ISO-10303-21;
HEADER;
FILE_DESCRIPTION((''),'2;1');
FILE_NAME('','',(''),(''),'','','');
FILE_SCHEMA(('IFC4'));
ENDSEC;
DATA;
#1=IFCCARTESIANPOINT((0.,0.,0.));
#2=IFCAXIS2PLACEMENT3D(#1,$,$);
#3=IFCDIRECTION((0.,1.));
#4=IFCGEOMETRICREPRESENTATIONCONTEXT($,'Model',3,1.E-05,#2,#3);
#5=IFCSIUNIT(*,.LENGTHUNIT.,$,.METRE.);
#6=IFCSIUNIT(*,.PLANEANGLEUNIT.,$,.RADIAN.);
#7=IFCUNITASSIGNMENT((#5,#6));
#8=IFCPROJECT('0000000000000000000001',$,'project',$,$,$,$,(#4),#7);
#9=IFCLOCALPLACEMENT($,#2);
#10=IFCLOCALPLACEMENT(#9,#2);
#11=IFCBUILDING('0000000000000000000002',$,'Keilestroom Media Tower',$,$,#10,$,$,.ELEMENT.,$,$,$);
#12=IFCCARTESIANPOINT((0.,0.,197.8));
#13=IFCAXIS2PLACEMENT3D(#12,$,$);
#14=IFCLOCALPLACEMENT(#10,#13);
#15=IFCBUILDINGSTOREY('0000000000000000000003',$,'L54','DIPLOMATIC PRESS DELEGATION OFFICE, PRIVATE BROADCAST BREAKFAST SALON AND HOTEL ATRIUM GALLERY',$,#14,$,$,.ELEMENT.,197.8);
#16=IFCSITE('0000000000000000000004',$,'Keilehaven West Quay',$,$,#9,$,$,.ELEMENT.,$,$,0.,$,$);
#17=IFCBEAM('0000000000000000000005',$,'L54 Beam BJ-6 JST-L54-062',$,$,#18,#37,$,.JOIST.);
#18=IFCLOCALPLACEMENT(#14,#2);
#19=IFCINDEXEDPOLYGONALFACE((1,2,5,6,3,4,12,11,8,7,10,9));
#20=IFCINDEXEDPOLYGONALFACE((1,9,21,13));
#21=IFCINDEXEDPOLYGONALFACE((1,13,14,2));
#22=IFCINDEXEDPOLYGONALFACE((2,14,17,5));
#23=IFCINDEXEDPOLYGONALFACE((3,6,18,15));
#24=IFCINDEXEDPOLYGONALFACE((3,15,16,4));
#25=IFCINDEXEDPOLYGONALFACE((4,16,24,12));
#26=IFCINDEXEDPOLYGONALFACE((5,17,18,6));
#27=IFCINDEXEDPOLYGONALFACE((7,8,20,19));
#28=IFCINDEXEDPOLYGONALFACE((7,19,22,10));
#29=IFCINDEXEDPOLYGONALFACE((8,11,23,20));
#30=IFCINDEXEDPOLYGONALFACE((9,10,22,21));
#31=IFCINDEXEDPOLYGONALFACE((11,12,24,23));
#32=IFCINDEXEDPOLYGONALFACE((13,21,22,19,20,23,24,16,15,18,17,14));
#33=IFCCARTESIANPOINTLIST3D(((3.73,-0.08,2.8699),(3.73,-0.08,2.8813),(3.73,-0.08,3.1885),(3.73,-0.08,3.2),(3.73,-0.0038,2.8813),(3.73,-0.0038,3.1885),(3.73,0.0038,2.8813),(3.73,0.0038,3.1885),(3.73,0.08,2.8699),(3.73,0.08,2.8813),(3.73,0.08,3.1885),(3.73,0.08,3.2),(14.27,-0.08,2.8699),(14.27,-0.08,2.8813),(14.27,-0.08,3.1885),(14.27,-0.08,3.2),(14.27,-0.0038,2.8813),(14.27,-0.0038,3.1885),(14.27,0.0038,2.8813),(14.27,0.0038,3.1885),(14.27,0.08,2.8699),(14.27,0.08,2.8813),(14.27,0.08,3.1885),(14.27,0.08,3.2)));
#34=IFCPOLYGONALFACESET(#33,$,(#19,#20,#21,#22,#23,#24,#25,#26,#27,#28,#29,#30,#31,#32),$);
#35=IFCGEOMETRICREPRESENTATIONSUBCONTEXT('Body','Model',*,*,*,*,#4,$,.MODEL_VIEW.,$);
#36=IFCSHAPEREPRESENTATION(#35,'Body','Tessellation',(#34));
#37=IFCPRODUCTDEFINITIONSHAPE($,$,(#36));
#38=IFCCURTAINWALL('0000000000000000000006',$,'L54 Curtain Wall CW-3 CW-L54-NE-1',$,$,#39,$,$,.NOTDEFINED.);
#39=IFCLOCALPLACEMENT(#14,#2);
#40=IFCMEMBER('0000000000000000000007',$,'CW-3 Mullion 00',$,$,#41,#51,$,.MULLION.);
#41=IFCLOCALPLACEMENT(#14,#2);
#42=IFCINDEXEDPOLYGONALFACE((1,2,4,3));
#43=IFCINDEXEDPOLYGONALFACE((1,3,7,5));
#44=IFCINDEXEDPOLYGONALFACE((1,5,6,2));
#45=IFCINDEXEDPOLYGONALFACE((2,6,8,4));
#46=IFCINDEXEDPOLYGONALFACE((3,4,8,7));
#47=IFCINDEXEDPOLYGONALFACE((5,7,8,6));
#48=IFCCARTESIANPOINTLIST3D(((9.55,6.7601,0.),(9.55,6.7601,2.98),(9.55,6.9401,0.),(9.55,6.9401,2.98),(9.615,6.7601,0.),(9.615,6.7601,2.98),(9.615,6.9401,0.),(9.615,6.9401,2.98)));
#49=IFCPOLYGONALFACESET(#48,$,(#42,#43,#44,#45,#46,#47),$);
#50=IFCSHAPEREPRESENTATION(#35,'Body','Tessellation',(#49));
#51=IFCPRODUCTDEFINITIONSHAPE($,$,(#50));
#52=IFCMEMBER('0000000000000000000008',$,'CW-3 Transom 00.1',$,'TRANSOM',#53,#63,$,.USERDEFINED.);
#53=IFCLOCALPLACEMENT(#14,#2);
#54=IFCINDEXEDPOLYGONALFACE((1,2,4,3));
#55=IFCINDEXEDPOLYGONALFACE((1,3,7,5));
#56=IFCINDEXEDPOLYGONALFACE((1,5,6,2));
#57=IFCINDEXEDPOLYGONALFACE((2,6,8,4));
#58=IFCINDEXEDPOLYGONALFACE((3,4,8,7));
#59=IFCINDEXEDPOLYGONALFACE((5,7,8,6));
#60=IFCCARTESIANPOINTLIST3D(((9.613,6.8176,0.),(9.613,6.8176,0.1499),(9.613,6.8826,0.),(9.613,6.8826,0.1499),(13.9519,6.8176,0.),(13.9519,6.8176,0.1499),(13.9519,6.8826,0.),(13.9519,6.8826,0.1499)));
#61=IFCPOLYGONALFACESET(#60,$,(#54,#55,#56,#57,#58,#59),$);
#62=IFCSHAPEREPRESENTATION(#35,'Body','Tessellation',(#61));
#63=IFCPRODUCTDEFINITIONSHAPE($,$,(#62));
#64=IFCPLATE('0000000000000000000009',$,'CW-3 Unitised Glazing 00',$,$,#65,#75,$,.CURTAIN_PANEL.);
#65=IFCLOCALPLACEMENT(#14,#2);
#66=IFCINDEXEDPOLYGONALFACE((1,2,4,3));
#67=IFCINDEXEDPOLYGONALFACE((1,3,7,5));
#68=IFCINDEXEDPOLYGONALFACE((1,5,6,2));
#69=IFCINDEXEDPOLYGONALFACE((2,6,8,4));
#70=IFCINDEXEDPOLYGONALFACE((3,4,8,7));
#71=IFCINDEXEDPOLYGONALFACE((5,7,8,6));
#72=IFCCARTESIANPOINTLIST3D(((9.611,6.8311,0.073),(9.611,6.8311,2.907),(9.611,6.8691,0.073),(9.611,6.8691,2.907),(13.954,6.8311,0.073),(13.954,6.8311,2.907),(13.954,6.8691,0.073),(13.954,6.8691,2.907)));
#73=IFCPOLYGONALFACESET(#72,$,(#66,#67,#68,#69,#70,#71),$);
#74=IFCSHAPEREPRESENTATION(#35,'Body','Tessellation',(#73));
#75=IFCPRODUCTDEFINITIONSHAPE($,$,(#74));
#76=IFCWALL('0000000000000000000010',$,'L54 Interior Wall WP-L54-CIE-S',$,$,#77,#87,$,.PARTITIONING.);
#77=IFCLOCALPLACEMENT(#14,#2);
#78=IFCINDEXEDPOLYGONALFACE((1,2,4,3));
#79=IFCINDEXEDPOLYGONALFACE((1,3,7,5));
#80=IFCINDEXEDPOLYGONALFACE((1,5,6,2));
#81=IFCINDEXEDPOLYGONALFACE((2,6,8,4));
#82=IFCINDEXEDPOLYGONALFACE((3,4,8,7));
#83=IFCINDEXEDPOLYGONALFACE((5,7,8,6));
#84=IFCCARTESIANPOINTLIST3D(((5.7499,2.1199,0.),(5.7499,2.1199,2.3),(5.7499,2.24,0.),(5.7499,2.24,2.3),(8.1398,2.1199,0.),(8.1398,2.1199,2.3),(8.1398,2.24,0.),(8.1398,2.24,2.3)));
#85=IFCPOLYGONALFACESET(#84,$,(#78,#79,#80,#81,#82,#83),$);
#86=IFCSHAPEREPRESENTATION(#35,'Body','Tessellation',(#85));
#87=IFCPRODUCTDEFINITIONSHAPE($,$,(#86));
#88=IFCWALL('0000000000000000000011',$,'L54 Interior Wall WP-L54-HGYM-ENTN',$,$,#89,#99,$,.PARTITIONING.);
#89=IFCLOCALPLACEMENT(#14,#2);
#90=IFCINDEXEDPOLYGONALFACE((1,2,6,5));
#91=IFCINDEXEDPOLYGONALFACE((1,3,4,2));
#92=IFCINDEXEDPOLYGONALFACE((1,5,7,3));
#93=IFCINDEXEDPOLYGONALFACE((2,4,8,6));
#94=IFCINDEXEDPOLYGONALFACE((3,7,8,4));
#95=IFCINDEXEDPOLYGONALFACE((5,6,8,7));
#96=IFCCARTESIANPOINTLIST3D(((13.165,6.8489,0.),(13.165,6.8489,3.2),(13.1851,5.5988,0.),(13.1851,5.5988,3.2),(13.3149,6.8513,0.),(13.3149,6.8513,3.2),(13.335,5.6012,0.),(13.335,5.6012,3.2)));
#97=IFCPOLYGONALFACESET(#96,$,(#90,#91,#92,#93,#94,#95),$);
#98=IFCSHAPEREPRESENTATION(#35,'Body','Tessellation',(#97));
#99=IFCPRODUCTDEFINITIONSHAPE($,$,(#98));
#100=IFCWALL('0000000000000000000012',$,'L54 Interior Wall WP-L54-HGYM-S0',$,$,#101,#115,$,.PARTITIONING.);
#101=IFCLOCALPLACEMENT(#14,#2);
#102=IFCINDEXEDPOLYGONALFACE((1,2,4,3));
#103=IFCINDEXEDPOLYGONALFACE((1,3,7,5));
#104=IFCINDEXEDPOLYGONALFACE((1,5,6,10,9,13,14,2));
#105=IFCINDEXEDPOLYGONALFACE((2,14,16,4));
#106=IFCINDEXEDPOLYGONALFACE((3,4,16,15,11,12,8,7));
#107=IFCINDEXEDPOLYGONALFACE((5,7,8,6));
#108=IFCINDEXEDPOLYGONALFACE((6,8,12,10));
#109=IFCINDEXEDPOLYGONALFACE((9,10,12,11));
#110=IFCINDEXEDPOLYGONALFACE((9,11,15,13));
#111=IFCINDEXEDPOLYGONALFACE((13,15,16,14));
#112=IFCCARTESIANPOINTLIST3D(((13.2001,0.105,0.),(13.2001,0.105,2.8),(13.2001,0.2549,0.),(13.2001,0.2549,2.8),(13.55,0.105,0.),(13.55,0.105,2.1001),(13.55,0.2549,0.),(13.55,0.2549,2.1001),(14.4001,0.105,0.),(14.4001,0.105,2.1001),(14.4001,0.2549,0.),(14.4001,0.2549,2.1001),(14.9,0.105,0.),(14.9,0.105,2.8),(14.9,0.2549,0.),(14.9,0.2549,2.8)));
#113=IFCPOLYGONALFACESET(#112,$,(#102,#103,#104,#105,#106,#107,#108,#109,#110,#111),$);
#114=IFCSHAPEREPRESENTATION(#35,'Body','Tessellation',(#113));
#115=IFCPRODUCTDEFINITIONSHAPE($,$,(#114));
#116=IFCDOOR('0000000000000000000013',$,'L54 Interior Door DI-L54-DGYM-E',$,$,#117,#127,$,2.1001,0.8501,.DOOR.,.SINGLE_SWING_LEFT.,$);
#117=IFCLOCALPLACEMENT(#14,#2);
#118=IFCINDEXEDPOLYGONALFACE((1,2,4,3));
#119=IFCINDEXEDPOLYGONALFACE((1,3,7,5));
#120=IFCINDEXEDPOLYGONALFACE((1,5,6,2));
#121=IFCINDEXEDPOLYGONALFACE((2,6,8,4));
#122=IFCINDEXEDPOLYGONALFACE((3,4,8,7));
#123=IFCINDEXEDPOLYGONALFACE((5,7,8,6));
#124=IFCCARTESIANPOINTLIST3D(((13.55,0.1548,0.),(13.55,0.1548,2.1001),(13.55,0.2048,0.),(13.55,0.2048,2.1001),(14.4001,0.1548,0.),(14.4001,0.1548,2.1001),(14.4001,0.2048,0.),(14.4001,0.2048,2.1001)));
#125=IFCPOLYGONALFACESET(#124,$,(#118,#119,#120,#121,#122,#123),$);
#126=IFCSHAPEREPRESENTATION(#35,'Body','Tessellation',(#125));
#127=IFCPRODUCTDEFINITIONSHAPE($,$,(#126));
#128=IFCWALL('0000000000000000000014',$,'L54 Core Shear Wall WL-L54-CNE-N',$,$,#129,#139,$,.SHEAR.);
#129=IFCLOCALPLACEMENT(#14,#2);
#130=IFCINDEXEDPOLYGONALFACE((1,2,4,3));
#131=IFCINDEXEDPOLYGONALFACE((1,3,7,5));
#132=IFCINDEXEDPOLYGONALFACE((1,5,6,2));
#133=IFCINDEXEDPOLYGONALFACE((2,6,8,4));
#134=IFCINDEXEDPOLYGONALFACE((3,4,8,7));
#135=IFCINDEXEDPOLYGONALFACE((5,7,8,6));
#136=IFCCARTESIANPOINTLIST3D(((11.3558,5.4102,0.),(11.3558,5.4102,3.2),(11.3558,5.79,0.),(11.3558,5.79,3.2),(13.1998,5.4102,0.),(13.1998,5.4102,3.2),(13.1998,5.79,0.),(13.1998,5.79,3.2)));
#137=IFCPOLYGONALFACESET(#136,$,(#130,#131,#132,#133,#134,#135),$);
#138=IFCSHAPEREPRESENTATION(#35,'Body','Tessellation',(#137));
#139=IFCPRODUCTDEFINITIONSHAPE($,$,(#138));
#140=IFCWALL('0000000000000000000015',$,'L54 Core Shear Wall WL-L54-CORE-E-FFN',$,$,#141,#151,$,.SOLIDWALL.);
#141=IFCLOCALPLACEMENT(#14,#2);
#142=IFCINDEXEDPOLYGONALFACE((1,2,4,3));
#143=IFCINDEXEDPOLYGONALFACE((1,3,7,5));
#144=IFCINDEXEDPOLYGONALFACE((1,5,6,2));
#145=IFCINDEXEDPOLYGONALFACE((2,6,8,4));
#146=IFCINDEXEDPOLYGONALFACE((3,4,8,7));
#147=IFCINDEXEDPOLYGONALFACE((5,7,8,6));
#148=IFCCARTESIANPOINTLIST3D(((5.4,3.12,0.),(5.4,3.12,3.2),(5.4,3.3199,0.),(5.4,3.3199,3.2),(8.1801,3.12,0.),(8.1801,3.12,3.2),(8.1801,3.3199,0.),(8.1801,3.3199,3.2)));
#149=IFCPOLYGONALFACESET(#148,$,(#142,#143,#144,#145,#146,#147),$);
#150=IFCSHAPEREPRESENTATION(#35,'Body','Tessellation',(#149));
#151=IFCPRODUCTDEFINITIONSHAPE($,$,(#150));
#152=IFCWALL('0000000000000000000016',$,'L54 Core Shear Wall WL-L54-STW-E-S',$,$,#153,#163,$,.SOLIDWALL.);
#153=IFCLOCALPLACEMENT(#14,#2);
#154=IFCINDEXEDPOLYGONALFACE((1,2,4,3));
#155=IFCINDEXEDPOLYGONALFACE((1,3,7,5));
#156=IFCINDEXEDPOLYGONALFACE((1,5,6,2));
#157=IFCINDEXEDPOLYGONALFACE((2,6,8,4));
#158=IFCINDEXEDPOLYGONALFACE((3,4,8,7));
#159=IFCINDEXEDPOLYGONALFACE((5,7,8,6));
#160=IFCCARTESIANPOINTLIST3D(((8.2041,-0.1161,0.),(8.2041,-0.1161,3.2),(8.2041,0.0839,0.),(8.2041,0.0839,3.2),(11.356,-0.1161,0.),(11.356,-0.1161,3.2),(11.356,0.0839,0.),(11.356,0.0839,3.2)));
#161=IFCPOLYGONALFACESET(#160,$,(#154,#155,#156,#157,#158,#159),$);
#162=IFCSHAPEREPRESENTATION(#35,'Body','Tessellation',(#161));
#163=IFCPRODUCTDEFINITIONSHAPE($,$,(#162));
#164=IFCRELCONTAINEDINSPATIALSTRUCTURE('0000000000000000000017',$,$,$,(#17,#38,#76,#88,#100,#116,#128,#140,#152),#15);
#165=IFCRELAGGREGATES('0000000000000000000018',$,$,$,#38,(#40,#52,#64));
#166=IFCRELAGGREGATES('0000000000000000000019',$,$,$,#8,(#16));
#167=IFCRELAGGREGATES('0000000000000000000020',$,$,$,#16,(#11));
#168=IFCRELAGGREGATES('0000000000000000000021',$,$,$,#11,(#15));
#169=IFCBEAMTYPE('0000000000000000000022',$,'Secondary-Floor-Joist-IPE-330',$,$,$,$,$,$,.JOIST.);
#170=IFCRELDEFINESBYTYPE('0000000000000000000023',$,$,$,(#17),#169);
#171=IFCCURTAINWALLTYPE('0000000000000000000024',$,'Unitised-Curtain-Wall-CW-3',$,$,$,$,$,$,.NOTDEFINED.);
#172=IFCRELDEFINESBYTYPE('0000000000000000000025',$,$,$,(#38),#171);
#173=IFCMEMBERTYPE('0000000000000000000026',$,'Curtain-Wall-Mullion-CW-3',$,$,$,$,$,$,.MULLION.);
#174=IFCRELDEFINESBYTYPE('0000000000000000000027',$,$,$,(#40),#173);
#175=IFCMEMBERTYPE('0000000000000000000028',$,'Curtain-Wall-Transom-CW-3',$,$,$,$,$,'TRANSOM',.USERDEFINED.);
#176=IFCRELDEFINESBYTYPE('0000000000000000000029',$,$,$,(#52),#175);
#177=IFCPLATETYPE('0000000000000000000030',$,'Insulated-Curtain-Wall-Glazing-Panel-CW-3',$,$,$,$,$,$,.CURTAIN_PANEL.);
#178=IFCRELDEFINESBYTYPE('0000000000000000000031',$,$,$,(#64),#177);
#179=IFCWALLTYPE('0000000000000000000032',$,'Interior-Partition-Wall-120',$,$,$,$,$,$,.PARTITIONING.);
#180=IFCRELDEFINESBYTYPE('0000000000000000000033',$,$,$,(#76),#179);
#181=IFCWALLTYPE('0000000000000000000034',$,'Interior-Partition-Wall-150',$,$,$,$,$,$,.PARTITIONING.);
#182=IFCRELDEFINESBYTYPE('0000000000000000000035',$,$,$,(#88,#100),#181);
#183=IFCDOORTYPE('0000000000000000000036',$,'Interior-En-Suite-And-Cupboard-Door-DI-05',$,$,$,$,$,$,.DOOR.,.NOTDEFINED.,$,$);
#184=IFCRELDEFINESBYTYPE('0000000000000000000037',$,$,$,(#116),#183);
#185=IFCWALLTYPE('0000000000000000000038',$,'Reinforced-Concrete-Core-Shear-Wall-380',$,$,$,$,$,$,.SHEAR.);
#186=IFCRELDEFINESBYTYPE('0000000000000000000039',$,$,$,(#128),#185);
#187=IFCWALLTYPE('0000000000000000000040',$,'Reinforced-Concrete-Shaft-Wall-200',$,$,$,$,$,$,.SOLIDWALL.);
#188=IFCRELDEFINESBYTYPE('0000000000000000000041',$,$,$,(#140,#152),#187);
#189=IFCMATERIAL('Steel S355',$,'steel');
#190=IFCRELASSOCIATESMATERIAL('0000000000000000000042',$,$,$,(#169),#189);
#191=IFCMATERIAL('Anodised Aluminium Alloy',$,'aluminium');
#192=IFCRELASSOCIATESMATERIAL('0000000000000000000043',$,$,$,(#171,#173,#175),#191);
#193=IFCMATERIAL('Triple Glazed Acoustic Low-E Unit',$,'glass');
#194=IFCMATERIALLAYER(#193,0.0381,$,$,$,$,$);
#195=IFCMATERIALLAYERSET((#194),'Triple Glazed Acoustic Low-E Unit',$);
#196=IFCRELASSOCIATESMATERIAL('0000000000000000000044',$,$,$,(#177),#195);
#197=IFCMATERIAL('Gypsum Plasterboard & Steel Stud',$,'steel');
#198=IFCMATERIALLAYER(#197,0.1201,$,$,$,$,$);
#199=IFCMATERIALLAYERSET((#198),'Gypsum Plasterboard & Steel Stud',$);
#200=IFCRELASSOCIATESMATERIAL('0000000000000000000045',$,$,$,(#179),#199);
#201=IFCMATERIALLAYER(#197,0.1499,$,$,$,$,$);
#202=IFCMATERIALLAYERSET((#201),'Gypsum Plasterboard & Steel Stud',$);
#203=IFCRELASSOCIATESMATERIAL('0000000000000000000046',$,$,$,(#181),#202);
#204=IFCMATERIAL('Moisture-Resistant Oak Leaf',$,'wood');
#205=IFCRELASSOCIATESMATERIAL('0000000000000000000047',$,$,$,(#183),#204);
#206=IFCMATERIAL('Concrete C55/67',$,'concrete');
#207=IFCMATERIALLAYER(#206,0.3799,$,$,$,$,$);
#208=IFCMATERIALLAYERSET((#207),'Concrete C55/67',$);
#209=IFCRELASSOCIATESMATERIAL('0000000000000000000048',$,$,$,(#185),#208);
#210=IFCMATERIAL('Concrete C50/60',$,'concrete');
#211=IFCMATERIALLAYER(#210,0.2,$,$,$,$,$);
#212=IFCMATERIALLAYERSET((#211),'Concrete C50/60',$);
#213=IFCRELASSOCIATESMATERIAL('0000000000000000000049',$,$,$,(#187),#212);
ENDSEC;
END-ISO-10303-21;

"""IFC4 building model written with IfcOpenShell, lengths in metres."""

from ifc_helpers import new_model, si_unit, direction, frame, frame_2d, origin, origin_2d, place, context, subcontext, project, spatial, rectangle, i_section, extrude, source, transform, mapped, material, layer, layer_set, material_profile, profile_set, type_object, element, fill, aggregate, save


model = new_model("IFC4")

# Units and contexts
model_context = context("Model", 3, precision=1e-05, world=origin(), true_north=direction((0.0, 1.0)))
body_context = subcontext(model_context, "Body", "Model", "MODEL_VIEW")
ifc_project = project(units=[si_unit("LENGTHUNIT", "METRE"), si_unit("PLANEANGLEUNIT", "RADIAN")], contexts=[model_context])

# Site, building, storey
site_placement = place(None, origin())
site = spatial("IfcSite", under=ifc_project, at=site_placement, Name="Keilehaven West Quay", CompositionType="ELEMENT", RefElevation=0.0)
building_placement = place(site_placement, origin())
building = spatial("IfcBuilding", under=site, at=building_placement, Name="Keilestroom Media Tower", CompositionType="ELEMENT")
storey_placement = place(building_placement, frame((0.0, 0.0, 197.8)))
storey = spatial("IfcBuildingStorey", under=building, at=storey_placement, Name="L54", Description="DIPLOMATIC PRESS DELEGATION OFFICE, PRIVATE BROADCAST BREAKFAST SALON AND HOTEL ATRIUM GALLERY", CompositionType="ELEMENT", Elevation=197.8)

# Beam
ifc_material_1 = material(Name="Steel S355", Category="steel")
ifc_material_profile_1 = material_profile(ifc_material_1, i_section(OverallWidth=0.1599, OverallDepth=0.3301, WebThickness=0.0076, FlangeThickness=0.0115, at=origin_2d()), Name="IPE 330")
ifc_profile_set_1 = profile_set([ifc_material_profile_1], Name="Steel S355")
beam_type = type_object("IfcBeamType", Name="Secondary-Floor-Joist-IPE-330", PredefinedType="JOIST", material=ifc_profile_set_1)
shared_shape_1 = source(origin(), body_context, "Body", "SweptSolid", [
    extrude(i_section(OverallWidth=0.1599, OverallDepth=0.3301, WebThickness=0.0076, FlangeThickness=0.0115, at=origin_2d()), origin(), (0.0, 0.0, 1.0), 10.54),
])
beam_placement = place(storey_placement, frame((3.73, 0.0, 3.0349), z_axis=(1.0, 0.0, 0.0), x_axis=(0.0, 1.0, 0.0)))
element("IfcBeam", 1, at=beam_placement, inside=storey, type_object=beam_type, Name="L54 Beam BJ-6 JST-L54-062", PredefinedType="JOIST", context=body_context, shape_type="MappedRepresentation", body=[
    mapped(shared_shape_1, transform((0.0, 0.0, 0.0), x_axis=(1.0, 0.0, 0.0), y_axis=(0.0, 1.0, 0.0), z_axis=(0.0, 0.0, 1.0), scale=1.0)),
])

# Curtain wall, members, plate
ifc_material_2 = material(Name="Anodised Aluminium Alloy", Category="aluminium")
curtain_wall_type = type_object("IfcCurtainWallType", Name="Unitised-Curtain-Wall-CW-3", PredefinedType="NOTDEFINED", material=ifc_material_2)
curtain_wall_placement = place(storey_placement, origin())
curtain_wall = element("IfcCurtainWall", 2, at=curtain_wall_placement, inside=storey, type_object=curtain_wall_type, Name="L54 Curtain Wall CW-3 CW-L54-NE-1", PredefinedType="NOTDEFINED")
ifc_material_profile_2 = material_profile(ifc_material_2, rectangle(XDim=0.0649, YDim=0.1799, at=origin_2d()), Name="ALU MULLION 65x180")
ifc_profile_set_2 = profile_set([ifc_material_profile_2], Name="Anodised Aluminium Alloy")
member_type_1 = type_object("IfcMemberType", Name="Curtain-Wall-Mullion-CW-3", PredefinedType="MULLION", material=ifc_profile_set_2)
shared_shape_2 = source(origin(), body_context, "Body", "SweptSolid", [
    extrude(rectangle(XDim=0.0649, YDim=0.1799, at=origin_2d()), origin(), (0.0, 0.0, 1.0), 2.98),
])
member_1_placement = place(storey_placement, frame((9.5825, 6.8501, 0.0), z_axis=(0.0, 0.0, 1.0), x_axis=(1.0, 0.0, 0.0)))
member_1 = element("IfcMember", 3, at=member_1_placement, type_object=member_type_1, Name="CW-3 Mullion 00", PredefinedType="MULLION", context=body_context, shape_type="MappedRepresentation", body=[
    mapped(shared_shape_2, transform((0.0, 0.0, 0.0), x_axis=(1.0, 0.0, 0.0), y_axis=(0.0, 1.0, 0.0), z_axis=(0.0, 0.0, 1.0), scale=1.0)),
])
ifc_material_profile_3 = material_profile(ifc_material_2, rectangle(XDim=0.0649, YDim=0.1499, at=origin_2d()), Name="ALU TRANSOM 65x150")
ifc_profile_set_3 = profile_set([ifc_material_profile_3], Name="Anodised Aluminium Alloy")
member_type_2 = type_object("IfcMemberType", Name="Curtain-Wall-Transom-CW-3", ElementType="TRANSOM", PredefinedType="USERDEFINED", material=ifc_profile_set_3)
shared_shape_3 = source(origin(), body_context, "Body", "SweptSolid", [
    extrude(rectangle(XDim=0.0649, YDim=0.1499, at=origin_2d()), origin(), (0.0, 0.0, 1.0), 4.3389),
])
member_2_placement = place(storey_placement, frame((9.613, 6.8501, 0.075), z_axis=(1.0, 0.0, 0.0), x_axis=(0.0, 1.0, 0.0)))
member_2 = element("IfcMember", 4, at=member_2_placement, type_object=member_type_2, Name="CW-3 Transom 00.1", ObjectType="TRANSOM", PredefinedType="USERDEFINED", context=body_context, shape_type="MappedRepresentation", body=[
    mapped(shared_shape_3, transform((0.0, 0.0, 0.0), x_axis=(1.0, 0.0, 0.0), y_axis=(0.0, 1.0, 0.0), z_axis=(0.0, 0.0, 1.0), scale=1.0)),
])
ifc_material_3 = material(Name="Triple Glazed Acoustic Low-E Unit", Category="glass")
ifc_layer_1 = layer(ifc_material_3, 0.0381)
ifc_layer_set_1 = layer_set([ifc_layer_1], Name="Triple Glazed Acoustic Low-E Unit")
plate_type = type_object("IfcPlateType", Name="Insulated-Curtain-Wall-Glazing-Panel-CW-3", PredefinedType="CURTAIN_PANEL", material=ifc_layer_set_1)
shared_shape_4 = source(origin(), body_context, "Body", "SweptSolid", [
    extrude(rectangle(XDim=4.343, YDim=0.0381, at=origin_2d()), origin(), (0.0, 0.0, 1.0), 2.834),
])
plate_placement = place(storey_placement, frame((11.7825, 6.8501, 0.073), z_axis=(0.0, 0.0, 1.0), x_axis=(1.0, 0.0, 0.0)))
plate = element("IfcPlate", 5, at=plate_placement, type_object=plate_type, Name="CW-3 Unitised Glazing 00", PredefinedType="CURTAIN_PANEL", context=body_context, shape_type="MappedRepresentation", body=[
    mapped(shared_shape_4, transform((0.0, 0.0, 0.0), x_axis=(1.0, 0.0, 0.0), y_axis=(0.0, 1.0, 0.0), z_axis=(0.0, 0.0, 1.0), scale=1.0)),
])
aggregate(curtain_wall, [member_1, member_2, plate])

# Walls
ifc_material_4 = material(Name="Gypsum Plasterboard & Steel Stud", Category="steel")
ifc_layer_2 = layer(ifc_material_4, 0.1201)
ifc_layer_set_2 = layer_set([ifc_layer_2], Name="Gypsum Plasterboard & Steel Stud")
wall_type_1 = type_object("IfcWallType", Name="Interior-Partition-Wall-120", PredefinedType="PARTITIONING", material=ifc_layer_set_2)
wall_1_placement = place(storey_placement, frame((5.75, 2.1799, 0.0), z_axis=(0.0, 0.0, 1.0), x_axis=(1.0, 0.0, 0.0)))
element("IfcWall", 6, at=wall_1_placement, inside=storey, type_object=wall_type_1, Name="L54 Interior Wall WP-L54-CIE-S", PredefinedType="PARTITIONING", context=body_context, shape_type="SweptSolid", body=[
    extrude(rectangle(XDim=2.3899, YDim=0.1201, at=frame_2d((1.1948, 0.0))), origin(), (0.0, 0.0, 1.0), 2.3),
])
ifc_layer_3 = layer(ifc_material_4, 0.1499)
ifc_layer_set_3 = layer_set([ifc_layer_3], Name="Gypsum Plasterboard & Steel Stud")
wall_type_2 = type_object("IfcWallType", Name="Interior-Partition-Wall-150", PredefinedType="PARTITIONING", material=ifc_layer_set_3)
wall_2_placement = place(storey_placement, frame((13.26, 5.6001, 0.0), z_axis=(0.0, 0.0, 1.0), x_axis=(-0.016014, 0.999872, 0.0)))
element("IfcWall", 7, at=wall_2_placement, inside=storey, type_object=wall_type_2, Name="L54 Interior Wall WP-L54-HGYM-ENTN", PredefinedType="PARTITIONING", context=body_context, shape_type="SweptSolid", body=[
    extrude(rectangle(XDim=1.2502, YDim=0.1499, at=frame_2d((0.625, 0.0))), origin(), (0.0, 0.0, 1.0), 3.2),
])

# Wall, opening, door
wall_3_placement = place(storey_placement, frame((13.2, 0.1799, 0.0), z_axis=(0.0, 0.0, 1.0), x_axis=(1.0, 0.0, 0.0)))
wall_3 = element("IfcWall", 8, at=wall_3_placement, inside=storey, type_object=wall_type_2, Name="L54 Interior Wall WP-L54-HGYM-S0", PredefinedType="PARTITIONING", context=body_context, shape_type="SweptSolid", body=[
    extrude(rectangle(XDim=1.7, YDim=0.1499, at=frame_2d((0.8501, 0.0))), origin(), (0.0, 0.0, 1.0), 2.8),
])
opening_1_placement = place(wall_3_placement, frame((0.3501, 0.0, 0.0)))
opening_1 = element("IfcOpeningElement", 9, at=opening_1_placement, cuts=wall_3, PredefinedType="OPENING", context=body_context, shape_type="SweptSolid", body=[
    extrude(rectangle(XDim=0.8501, YDim=2.1001, at=frame_2d((0.425, 1.05))), frame((0.0, 0.085, 0.0), z_axis=(0.0, -1.0, 0.0), x_axis=(1.0, 0.0, 0.0)), (0.0, 0.0, 1.0), 0.1699),
])
ifc_material_5 = material(Name="Moisture-Resistant Oak Leaf", Category="wood")
door_type_1 = type_object("IfcDoorType", Name="Interior-En-Suite-And-Cupboard-Door-DI-05", OperationType="NOTDEFINED", PredefinedType="DOOR", material=ifc_material_5)
shared_shape_5 = source(origin(), body_context, "Body", "SweptSolid", [
    extrude(rectangle(XDim=0.8501, YDim=2.1001, at=frame_2d((0.425, 1.05))), frame((0.0, 0.0249, 0.0), z_axis=(0.0, -1.0, 0.0), x_axis=(1.0, 0.0, 0.0)), (0.0, 0.0, 1.0), 0.05),
])
door_1_placement = place(opening_1_placement, origin())
door_1 = element("IfcDoor", 10, at=door_1_placement, inside=storey, type_object=door_type_1, Name="L54 Interior Door DI-L54-DGYM-E", OperationType="SINGLE_SWING_LEFT", OverallHeight=2.1001, OverallWidth=0.8501, PredefinedType="DOOR", context=body_context, shape_type="MappedRepresentation", body=[
    mapped(shared_shape_5, transform((0.0, 0.0, 0.0), x_axis=(1.0, 0.0, 0.0), y_axis=(0.0, 1.0, 0.0), z_axis=(0.0, 0.0, 1.0), scale=1.0)),
])
fill(opening_1, door_1)

# Walls
ifc_material_6 = material(Name="Concrete C55/67", Category="concrete")
ifc_layer_4 = layer(ifc_material_6, 0.3799)
ifc_layer_set_4 = layer_set([ifc_layer_4], Name="Concrete C55/67")
wall_type_3 = type_object("IfcWallType", Name="Reinforced-Concrete-Core-Shear-Wall-380", PredefinedType="SHEAR", material=ifc_layer_set_4)
wall_4_placement = place(storey_placement, frame((11.356, 5.6001, 0.0), z_axis=(0.0, 0.0, 1.0), x_axis=(1.0, 0.0, 0.0)))
element("IfcWall", 11, at=wall_4_placement, inside=storey, type_object=wall_type_3, Name="L54 Core Shear Wall WL-L54-CNE-N", PredefinedType="SHEAR", context=body_context, shape_type="SweptSolid", body=[
    extrude(rectangle(XDim=1.844, YDim=0.3799, at=frame_2d((0.9219, 0.0))), origin(), (0.0, 0.0, 1.0), 3.2),
])
ifc_material_7 = material(Name="Concrete C50/60", Category="concrete")
ifc_layer_5 = layer(ifc_material_7, 0.2)
ifc_layer_set_5 = layer_set([ifc_layer_5], Name="Concrete C50/60")
wall_type_4 = type_object("IfcWallType", Name="Reinforced-Concrete-Shaft-Wall-200", PredefinedType="SOLIDWALL", material=ifc_layer_set_5)
wall_5_placement = place(storey_placement, frame((5.3999, 3.22, 0.0), z_axis=(0.0, 0.0, 1.0), x_axis=(1.0, 0.0, 0.0)))
element("IfcWall", 12, at=wall_5_placement, inside=storey, type_object=wall_type_4, Name="L54 Core Shear Wall WL-L54-CORE-E-FFN", PredefinedType="SOLIDWALL", context=body_context, shape_type="SweptSolid", body=[
    extrude(rectangle(XDim=2.78, YDim=0.2, at=frame_2d((1.3901, 0.0))), origin(), (0.0, 0.0, 1.0), 3.2),
])
wall_6_placement = place(storey_placement, frame((8.2041, -0.0161, 0.0), z_axis=(0.0, 0.0, 1.0), x_axis=(1.0, 0.0, 0.0)))
element("IfcWall", 13, at=wall_6_placement, inside=storey, type_object=wall_type_4, Name="L54 Core Shear Wall WL-L54-STW-E-S", PredefinedType="SOLIDWALL", context=body_context, shape_type="SweptSolid", body=[
    extrude(rectangle(XDim=3.1519, YDim=0.2, at=frame_2d((1.5759, 0.0))), origin(), (0.0, 0.0, 1.0), 3.2),
])

save(model, "model.ifc")
